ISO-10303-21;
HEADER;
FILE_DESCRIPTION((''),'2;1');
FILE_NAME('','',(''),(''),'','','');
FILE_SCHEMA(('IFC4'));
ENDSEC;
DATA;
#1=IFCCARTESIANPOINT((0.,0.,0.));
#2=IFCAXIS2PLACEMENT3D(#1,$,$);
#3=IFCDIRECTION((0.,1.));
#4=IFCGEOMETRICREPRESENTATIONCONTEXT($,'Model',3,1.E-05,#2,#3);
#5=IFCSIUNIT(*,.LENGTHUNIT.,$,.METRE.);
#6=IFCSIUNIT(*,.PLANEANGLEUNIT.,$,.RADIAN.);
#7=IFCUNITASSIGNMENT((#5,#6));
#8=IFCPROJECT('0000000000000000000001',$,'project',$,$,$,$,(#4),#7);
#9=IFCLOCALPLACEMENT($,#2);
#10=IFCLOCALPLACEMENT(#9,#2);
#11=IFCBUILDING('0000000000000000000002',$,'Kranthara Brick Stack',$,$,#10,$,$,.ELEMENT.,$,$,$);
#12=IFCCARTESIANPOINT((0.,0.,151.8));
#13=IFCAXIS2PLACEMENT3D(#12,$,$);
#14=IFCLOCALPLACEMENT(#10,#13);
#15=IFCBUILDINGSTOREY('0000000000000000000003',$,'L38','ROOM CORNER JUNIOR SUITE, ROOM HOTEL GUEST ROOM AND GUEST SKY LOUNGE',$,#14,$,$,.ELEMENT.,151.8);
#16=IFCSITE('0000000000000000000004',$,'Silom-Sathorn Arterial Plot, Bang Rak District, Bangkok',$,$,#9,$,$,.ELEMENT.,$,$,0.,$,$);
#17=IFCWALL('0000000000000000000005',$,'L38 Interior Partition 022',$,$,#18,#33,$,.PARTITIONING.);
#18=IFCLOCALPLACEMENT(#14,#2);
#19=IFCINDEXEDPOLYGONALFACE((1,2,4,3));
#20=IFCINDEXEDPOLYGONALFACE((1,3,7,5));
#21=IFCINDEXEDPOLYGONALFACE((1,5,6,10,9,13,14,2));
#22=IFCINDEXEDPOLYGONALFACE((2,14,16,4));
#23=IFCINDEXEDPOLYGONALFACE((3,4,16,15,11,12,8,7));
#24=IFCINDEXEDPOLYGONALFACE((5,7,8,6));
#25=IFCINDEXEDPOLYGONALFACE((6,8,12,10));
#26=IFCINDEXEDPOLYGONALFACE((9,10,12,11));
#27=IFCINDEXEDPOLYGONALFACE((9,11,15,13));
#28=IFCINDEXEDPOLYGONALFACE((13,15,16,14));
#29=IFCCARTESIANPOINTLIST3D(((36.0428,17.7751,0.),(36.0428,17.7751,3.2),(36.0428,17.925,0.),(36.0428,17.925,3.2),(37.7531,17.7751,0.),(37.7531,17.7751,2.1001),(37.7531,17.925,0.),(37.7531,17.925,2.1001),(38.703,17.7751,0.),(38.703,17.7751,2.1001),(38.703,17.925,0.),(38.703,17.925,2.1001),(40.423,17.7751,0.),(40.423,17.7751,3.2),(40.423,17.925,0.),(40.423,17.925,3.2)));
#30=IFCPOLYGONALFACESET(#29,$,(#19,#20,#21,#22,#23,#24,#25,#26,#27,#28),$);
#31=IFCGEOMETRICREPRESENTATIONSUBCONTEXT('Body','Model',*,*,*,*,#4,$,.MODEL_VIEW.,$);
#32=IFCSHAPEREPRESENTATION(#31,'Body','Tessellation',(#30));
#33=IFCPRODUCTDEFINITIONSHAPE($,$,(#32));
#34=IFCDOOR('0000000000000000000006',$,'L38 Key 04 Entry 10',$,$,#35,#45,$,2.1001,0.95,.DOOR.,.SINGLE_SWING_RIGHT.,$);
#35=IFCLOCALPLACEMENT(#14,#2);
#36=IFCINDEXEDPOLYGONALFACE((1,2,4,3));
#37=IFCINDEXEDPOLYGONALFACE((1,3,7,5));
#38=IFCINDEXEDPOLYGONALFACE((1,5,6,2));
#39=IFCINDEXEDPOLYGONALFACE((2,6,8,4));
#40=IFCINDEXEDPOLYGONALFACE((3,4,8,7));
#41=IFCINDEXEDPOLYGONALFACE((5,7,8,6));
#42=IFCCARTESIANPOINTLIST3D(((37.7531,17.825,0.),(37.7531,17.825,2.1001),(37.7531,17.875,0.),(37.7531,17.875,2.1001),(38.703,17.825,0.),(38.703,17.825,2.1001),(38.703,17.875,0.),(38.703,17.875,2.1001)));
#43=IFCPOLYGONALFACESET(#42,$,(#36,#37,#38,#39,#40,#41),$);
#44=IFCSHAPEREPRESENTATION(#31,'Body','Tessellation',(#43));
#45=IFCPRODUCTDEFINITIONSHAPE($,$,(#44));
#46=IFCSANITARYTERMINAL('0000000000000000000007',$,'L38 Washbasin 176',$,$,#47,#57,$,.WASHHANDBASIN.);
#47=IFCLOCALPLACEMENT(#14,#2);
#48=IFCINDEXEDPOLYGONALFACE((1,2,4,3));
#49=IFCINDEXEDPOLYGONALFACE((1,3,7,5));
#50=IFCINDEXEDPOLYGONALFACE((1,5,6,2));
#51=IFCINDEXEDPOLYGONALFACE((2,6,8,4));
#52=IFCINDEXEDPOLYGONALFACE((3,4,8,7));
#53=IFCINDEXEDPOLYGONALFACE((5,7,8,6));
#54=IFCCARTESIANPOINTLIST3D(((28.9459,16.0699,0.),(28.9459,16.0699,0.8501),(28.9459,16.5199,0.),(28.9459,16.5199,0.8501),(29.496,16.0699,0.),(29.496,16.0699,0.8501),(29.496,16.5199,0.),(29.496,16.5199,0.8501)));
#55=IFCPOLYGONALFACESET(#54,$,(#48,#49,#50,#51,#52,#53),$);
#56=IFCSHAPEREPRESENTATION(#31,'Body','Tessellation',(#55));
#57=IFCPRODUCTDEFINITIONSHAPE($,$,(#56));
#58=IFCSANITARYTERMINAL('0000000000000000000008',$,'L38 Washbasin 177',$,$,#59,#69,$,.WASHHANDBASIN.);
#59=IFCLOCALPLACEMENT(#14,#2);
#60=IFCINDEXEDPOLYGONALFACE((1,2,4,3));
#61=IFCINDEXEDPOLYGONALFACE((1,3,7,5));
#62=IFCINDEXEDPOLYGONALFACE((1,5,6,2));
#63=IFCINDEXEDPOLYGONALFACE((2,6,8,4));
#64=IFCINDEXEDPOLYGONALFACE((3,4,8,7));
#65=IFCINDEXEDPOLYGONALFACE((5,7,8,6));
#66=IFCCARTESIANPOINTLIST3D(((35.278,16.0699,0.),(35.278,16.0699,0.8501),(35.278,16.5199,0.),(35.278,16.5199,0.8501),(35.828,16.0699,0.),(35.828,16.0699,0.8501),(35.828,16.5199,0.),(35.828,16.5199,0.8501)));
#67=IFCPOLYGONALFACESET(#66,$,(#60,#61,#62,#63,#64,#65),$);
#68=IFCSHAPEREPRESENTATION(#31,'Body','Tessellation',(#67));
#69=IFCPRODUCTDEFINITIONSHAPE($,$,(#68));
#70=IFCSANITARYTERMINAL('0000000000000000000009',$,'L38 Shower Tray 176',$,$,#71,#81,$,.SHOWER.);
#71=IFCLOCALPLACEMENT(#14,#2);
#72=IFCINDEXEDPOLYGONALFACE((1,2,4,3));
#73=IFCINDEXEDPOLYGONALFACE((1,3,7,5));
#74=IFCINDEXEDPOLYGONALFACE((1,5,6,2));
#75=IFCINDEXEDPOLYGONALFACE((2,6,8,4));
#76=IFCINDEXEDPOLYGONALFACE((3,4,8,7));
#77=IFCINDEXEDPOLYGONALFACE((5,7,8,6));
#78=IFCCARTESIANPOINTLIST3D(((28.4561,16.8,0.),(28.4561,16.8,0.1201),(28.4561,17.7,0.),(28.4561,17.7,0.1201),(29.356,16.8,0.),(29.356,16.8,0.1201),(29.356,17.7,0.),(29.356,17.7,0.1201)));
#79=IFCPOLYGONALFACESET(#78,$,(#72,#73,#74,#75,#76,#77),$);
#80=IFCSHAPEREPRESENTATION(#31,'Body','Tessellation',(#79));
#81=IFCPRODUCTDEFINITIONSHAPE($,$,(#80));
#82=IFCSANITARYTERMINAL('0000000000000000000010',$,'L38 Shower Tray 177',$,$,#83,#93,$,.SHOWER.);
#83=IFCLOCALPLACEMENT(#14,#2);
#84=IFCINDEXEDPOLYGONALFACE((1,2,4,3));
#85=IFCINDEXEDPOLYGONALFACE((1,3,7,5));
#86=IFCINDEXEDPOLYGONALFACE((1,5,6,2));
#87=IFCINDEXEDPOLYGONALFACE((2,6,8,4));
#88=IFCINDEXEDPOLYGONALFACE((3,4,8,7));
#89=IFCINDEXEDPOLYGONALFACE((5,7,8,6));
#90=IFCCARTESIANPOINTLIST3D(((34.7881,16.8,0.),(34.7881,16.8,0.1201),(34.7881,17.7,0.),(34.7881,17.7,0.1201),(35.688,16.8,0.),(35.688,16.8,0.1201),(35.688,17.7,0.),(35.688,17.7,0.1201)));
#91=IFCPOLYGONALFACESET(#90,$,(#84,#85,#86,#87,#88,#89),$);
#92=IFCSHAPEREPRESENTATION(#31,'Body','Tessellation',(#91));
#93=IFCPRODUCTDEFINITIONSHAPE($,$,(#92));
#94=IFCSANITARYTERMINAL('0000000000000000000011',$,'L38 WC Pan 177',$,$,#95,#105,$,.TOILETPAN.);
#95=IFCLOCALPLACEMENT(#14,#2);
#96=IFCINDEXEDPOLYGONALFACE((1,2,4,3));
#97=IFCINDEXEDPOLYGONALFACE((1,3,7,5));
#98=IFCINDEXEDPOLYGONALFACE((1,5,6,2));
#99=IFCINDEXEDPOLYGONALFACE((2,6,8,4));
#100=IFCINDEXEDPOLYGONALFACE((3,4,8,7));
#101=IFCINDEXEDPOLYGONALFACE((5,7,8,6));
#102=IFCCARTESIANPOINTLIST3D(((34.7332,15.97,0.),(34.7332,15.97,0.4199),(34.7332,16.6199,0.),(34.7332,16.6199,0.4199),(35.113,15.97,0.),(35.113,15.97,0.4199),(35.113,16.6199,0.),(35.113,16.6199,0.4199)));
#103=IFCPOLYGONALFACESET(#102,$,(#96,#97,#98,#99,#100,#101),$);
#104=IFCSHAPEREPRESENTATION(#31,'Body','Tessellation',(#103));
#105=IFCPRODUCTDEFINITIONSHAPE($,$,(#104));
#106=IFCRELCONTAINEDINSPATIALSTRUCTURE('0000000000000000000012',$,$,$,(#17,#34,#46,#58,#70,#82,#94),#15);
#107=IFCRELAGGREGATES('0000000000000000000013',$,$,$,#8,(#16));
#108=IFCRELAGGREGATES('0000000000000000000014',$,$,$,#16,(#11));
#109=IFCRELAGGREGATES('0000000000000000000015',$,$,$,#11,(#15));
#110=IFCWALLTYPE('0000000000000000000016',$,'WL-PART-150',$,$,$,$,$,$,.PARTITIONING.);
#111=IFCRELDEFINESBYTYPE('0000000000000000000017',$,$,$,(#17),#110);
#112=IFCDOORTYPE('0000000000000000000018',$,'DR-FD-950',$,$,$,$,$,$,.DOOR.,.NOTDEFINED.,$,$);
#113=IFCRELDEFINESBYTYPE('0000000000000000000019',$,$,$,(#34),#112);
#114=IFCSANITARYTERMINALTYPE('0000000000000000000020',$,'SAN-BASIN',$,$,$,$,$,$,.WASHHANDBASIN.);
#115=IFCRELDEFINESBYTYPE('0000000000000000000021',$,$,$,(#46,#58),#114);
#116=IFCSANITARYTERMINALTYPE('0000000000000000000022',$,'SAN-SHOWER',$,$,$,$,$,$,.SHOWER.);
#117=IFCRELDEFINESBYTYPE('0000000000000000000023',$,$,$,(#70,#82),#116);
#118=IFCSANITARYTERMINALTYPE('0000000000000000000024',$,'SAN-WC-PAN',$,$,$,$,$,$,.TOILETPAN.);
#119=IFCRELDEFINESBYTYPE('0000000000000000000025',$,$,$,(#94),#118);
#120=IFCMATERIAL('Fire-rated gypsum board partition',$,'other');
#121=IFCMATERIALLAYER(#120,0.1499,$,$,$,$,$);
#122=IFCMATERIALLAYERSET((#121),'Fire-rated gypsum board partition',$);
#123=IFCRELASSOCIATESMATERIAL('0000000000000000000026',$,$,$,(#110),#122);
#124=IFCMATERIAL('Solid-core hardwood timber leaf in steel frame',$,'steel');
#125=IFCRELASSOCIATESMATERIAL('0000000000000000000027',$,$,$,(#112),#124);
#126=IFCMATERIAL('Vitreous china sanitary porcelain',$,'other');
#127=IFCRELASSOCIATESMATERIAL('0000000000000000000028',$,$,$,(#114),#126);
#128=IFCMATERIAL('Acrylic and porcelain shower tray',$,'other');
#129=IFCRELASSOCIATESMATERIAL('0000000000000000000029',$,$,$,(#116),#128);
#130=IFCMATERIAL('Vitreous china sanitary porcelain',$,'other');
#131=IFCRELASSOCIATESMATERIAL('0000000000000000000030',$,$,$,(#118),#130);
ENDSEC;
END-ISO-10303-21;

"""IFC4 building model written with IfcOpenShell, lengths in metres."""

from ifc_helpers import new_model, si_unit, direction, frame, frame_2d, origin, origin_2d, place, context, subcontext, project, spatial, rectangle, extrude, material, layer, layer_set, type_object, element, fill, save


model = new_model("IFC4")

# Units and contexts
model_context = context("Model", 3, precision=1e-05, world=origin(), true_north=direction((0.0, 1.0)))
body_context = subcontext(model_context, "Body", "Model", "MODEL_VIEW")
ifc_project = project(units=[si_unit("LENGTHUNIT", "METRE"), si_unit("PLANEANGLEUNIT", "RADIAN")], contexts=[model_context])

# Site, building, storey
site_placement = place(None, origin())
site = spatial("IfcSite", under=ifc_project, at=site_placement, Name="Silom-Sathorn Arterial Plot, Bang Rak District, Bangkok", CompositionType="ELEMENT", RefElevation=0.0)
building_placement = place(site_placement, origin())
building = spatial("IfcBuilding", under=site, at=building_placement, Name="Kranthara Brick Stack", CompositionType="ELEMENT")
storey_placement = place(building_placement, frame((0.0, 0.0, 151.8)))
storey = spatial("IfcBuildingStorey", under=building, at=storey_placement, Name="L38", Description="ROOM CORNER JUNIOR SUITE, ROOM HOTEL GUEST ROOM AND GUEST SKY LOUNGE", CompositionType="ELEMENT", Elevation=151.8)

# Shared definitions
ifc_material_1 = material(Name="Fire-rated gypsum board partition", Category="other")
ifc_layer_1 = layer(ifc_material_1, 0.1499)
ifc_layer_set_1 = layer_set([ifc_layer_1], Name="Fire-rated gypsum board partition")
wall_type_1 = type_object("IfcWallType", Name="WL-PART-150", PredefinedType="PARTITIONING", material=ifc_layer_set_1)

# Shared definitions
ifc_material_2 = material(Name="Solid-core hardwood timber leaf in steel frame", Category="steel")
door_type_1 = type_object("IfcDoorType", Name="DR-FD-950", OperationType="NOTDEFINED", PredefinedType="DOOR", material=ifc_material_2)

# Wall, opening, door
wall_1_placement = place(storey_placement, frame((36.043, 17.8501, 0.0), z_axis=(0.0, 0.0, 1.0), x_axis=(1.0, 0.0, 0.0)))
wall_1 = element("IfcWall", 1, at=wall_1_placement, inside=storey, type_object=wall_type_1, Name="L38 Interior Partition 022", PredefinedType="PARTITIONING", context=body_context, shape_type="SweptSolid", body=[
    extrude(rectangle(XDim=4.3801, YDim=0.1499, at=frame_2d((2.1899, 0.0))), origin(), (0.0, 0.0, 1.0), 3.2),
])
opening_1_placement = place(wall_1_placement, frame((1.71, 0.0, 0.0)))
opening_1 = element("IfcOpeningElement", 2, at=opening_1_placement, cuts=wall_1, PredefinedType="OPENING", context=body_context, shape_type="SweptSolid", body=[
    extrude(rectangle(XDim=0.95, YDim=2.1001, at=frame_2d((0.4751, 1.05))), frame((0.0, 0.085, 0.0), z_axis=(0.0, -1.0, 0.0), x_axis=(1.0, 0.0, 0.0)), (0.0, 0.0, 1.0), 0.1699),
])
door_1_placement = place(opening_1_placement, origin())
door_1 = element("IfcDoor", 3, at=door_1_placement, inside=storey, type_object=door_type_1, Name="L38 Key 04 Entry 10", OperationType="SINGLE_SWING_RIGHT", OverallHeight=2.1001, OverallWidth=0.95, PredefinedType="DOOR", context=body_context, shape_type="SweptSolid", body=[
    extrude(rectangle(XDim=0.95, YDim=2.1001, at=frame_2d((0.4751, 1.05))), frame((0.0, 0.0249, 0.0), z_axis=(0.0, -1.0, 0.0), x_axis=(1.0, 0.0, 0.0)), (0.0, 0.0, 1.0), 0.05),
])
fill(opening_1, door_1)

# Sanitary terminals
ifc_material_3 = material(Name="Vitreous china sanitary porcelain", Category="other")
sanitary_terminal_type_1 = type_object("IfcSanitaryTerminalType", Name="SAN-BASIN", PredefinedType="WASHHANDBASIN", material=ifc_material_3)
for number, where, z_axis, x_axis, name in (
    (4, (29.2209, 16.2949, 0.0), (0.0, 0.0, 1.0), (1.0, 0.0, 0.0), "L38 Washbasin 176"),
    (5, (35.553, 16.2949, 0.0), (0.0, 0.0, 1.0), (1.0, 0.0, 0.0), "L38 Washbasin 177"),
):
    element("IfcSanitaryTerminal", number, at=place(storey_placement, frame(where, z_axis=z_axis, x_axis=x_axis)), inside=storey, type_object=sanitary_terminal_type_1, Name=name, PredefinedType="WASHHANDBASIN", context=body_context, shape_type="SweptSolid", body=[
        extrude(rectangle(XDim=0.55, YDim=0.45, at=origin_2d()), origin(), (0.0, 0.0, 1.0), 0.8501),
    ])
ifc_material_4 = material(Name="Acrylic and porcelain shower tray", Category="other")
sanitary_terminal_type_2 = type_object("IfcSanitaryTerminalType", Name="SAN-SHOWER", PredefinedType="SHOWER", material=ifc_material_4)
for number, where, z_axis, x_axis, name in (
    (6, (28.906, 17.25, 0.0), (0.0, 0.0, 1.0), (1.0, 0.0, 0.0), "L38 Shower Tray 176"),
    (7, (35.238, 17.25, 0.0), (0.0, 0.0, 1.0), (1.0, 0.0, 0.0), "L38 Shower Tray 177"),
):
    element("IfcSanitaryTerminal", number, at=place(storey_placement, frame(where, z_axis=z_axis, x_axis=x_axis)), inside=storey, type_object=sanitary_terminal_type_2, Name=name, PredefinedType="SHOWER", context=body_context, shape_type="SweptSolid", body=[
        extrude(rectangle(XDim=0.8999, YDim=0.8999, at=origin_2d()), origin(), (0.0, 0.0, 1.0), 0.1201),
    ])
ifc_material_5 = material(Name="Vitreous china sanitary porcelain", Category="other")
sanitary_terminal_type_3 = type_object("IfcSanitaryTerminalType", Name="SAN-WC-PAN", PredefinedType="TOILETPAN", material=ifc_material_5)
sanitary_terminal_placement = place(storey_placement, frame((34.9231, 16.2949, 0.0), z_axis=(0.0, 0.0, 1.0), x_axis=(1.0, 0.0, 0.0)))
element("IfcSanitaryTerminal", 8, at=sanitary_terminal_placement, inside=storey, type_object=sanitary_terminal_type_3, Name="L38 WC Pan 177", PredefinedType="TOILETPAN", context=body_context, shape_type="SweptSolid", body=[
    extrude(rectangle(XDim=0.3799, YDim=0.6499, at=origin_2d()), origin(), (0.0, 0.0, 1.0), 0.4199),
])

save(model, "model.ifc")
